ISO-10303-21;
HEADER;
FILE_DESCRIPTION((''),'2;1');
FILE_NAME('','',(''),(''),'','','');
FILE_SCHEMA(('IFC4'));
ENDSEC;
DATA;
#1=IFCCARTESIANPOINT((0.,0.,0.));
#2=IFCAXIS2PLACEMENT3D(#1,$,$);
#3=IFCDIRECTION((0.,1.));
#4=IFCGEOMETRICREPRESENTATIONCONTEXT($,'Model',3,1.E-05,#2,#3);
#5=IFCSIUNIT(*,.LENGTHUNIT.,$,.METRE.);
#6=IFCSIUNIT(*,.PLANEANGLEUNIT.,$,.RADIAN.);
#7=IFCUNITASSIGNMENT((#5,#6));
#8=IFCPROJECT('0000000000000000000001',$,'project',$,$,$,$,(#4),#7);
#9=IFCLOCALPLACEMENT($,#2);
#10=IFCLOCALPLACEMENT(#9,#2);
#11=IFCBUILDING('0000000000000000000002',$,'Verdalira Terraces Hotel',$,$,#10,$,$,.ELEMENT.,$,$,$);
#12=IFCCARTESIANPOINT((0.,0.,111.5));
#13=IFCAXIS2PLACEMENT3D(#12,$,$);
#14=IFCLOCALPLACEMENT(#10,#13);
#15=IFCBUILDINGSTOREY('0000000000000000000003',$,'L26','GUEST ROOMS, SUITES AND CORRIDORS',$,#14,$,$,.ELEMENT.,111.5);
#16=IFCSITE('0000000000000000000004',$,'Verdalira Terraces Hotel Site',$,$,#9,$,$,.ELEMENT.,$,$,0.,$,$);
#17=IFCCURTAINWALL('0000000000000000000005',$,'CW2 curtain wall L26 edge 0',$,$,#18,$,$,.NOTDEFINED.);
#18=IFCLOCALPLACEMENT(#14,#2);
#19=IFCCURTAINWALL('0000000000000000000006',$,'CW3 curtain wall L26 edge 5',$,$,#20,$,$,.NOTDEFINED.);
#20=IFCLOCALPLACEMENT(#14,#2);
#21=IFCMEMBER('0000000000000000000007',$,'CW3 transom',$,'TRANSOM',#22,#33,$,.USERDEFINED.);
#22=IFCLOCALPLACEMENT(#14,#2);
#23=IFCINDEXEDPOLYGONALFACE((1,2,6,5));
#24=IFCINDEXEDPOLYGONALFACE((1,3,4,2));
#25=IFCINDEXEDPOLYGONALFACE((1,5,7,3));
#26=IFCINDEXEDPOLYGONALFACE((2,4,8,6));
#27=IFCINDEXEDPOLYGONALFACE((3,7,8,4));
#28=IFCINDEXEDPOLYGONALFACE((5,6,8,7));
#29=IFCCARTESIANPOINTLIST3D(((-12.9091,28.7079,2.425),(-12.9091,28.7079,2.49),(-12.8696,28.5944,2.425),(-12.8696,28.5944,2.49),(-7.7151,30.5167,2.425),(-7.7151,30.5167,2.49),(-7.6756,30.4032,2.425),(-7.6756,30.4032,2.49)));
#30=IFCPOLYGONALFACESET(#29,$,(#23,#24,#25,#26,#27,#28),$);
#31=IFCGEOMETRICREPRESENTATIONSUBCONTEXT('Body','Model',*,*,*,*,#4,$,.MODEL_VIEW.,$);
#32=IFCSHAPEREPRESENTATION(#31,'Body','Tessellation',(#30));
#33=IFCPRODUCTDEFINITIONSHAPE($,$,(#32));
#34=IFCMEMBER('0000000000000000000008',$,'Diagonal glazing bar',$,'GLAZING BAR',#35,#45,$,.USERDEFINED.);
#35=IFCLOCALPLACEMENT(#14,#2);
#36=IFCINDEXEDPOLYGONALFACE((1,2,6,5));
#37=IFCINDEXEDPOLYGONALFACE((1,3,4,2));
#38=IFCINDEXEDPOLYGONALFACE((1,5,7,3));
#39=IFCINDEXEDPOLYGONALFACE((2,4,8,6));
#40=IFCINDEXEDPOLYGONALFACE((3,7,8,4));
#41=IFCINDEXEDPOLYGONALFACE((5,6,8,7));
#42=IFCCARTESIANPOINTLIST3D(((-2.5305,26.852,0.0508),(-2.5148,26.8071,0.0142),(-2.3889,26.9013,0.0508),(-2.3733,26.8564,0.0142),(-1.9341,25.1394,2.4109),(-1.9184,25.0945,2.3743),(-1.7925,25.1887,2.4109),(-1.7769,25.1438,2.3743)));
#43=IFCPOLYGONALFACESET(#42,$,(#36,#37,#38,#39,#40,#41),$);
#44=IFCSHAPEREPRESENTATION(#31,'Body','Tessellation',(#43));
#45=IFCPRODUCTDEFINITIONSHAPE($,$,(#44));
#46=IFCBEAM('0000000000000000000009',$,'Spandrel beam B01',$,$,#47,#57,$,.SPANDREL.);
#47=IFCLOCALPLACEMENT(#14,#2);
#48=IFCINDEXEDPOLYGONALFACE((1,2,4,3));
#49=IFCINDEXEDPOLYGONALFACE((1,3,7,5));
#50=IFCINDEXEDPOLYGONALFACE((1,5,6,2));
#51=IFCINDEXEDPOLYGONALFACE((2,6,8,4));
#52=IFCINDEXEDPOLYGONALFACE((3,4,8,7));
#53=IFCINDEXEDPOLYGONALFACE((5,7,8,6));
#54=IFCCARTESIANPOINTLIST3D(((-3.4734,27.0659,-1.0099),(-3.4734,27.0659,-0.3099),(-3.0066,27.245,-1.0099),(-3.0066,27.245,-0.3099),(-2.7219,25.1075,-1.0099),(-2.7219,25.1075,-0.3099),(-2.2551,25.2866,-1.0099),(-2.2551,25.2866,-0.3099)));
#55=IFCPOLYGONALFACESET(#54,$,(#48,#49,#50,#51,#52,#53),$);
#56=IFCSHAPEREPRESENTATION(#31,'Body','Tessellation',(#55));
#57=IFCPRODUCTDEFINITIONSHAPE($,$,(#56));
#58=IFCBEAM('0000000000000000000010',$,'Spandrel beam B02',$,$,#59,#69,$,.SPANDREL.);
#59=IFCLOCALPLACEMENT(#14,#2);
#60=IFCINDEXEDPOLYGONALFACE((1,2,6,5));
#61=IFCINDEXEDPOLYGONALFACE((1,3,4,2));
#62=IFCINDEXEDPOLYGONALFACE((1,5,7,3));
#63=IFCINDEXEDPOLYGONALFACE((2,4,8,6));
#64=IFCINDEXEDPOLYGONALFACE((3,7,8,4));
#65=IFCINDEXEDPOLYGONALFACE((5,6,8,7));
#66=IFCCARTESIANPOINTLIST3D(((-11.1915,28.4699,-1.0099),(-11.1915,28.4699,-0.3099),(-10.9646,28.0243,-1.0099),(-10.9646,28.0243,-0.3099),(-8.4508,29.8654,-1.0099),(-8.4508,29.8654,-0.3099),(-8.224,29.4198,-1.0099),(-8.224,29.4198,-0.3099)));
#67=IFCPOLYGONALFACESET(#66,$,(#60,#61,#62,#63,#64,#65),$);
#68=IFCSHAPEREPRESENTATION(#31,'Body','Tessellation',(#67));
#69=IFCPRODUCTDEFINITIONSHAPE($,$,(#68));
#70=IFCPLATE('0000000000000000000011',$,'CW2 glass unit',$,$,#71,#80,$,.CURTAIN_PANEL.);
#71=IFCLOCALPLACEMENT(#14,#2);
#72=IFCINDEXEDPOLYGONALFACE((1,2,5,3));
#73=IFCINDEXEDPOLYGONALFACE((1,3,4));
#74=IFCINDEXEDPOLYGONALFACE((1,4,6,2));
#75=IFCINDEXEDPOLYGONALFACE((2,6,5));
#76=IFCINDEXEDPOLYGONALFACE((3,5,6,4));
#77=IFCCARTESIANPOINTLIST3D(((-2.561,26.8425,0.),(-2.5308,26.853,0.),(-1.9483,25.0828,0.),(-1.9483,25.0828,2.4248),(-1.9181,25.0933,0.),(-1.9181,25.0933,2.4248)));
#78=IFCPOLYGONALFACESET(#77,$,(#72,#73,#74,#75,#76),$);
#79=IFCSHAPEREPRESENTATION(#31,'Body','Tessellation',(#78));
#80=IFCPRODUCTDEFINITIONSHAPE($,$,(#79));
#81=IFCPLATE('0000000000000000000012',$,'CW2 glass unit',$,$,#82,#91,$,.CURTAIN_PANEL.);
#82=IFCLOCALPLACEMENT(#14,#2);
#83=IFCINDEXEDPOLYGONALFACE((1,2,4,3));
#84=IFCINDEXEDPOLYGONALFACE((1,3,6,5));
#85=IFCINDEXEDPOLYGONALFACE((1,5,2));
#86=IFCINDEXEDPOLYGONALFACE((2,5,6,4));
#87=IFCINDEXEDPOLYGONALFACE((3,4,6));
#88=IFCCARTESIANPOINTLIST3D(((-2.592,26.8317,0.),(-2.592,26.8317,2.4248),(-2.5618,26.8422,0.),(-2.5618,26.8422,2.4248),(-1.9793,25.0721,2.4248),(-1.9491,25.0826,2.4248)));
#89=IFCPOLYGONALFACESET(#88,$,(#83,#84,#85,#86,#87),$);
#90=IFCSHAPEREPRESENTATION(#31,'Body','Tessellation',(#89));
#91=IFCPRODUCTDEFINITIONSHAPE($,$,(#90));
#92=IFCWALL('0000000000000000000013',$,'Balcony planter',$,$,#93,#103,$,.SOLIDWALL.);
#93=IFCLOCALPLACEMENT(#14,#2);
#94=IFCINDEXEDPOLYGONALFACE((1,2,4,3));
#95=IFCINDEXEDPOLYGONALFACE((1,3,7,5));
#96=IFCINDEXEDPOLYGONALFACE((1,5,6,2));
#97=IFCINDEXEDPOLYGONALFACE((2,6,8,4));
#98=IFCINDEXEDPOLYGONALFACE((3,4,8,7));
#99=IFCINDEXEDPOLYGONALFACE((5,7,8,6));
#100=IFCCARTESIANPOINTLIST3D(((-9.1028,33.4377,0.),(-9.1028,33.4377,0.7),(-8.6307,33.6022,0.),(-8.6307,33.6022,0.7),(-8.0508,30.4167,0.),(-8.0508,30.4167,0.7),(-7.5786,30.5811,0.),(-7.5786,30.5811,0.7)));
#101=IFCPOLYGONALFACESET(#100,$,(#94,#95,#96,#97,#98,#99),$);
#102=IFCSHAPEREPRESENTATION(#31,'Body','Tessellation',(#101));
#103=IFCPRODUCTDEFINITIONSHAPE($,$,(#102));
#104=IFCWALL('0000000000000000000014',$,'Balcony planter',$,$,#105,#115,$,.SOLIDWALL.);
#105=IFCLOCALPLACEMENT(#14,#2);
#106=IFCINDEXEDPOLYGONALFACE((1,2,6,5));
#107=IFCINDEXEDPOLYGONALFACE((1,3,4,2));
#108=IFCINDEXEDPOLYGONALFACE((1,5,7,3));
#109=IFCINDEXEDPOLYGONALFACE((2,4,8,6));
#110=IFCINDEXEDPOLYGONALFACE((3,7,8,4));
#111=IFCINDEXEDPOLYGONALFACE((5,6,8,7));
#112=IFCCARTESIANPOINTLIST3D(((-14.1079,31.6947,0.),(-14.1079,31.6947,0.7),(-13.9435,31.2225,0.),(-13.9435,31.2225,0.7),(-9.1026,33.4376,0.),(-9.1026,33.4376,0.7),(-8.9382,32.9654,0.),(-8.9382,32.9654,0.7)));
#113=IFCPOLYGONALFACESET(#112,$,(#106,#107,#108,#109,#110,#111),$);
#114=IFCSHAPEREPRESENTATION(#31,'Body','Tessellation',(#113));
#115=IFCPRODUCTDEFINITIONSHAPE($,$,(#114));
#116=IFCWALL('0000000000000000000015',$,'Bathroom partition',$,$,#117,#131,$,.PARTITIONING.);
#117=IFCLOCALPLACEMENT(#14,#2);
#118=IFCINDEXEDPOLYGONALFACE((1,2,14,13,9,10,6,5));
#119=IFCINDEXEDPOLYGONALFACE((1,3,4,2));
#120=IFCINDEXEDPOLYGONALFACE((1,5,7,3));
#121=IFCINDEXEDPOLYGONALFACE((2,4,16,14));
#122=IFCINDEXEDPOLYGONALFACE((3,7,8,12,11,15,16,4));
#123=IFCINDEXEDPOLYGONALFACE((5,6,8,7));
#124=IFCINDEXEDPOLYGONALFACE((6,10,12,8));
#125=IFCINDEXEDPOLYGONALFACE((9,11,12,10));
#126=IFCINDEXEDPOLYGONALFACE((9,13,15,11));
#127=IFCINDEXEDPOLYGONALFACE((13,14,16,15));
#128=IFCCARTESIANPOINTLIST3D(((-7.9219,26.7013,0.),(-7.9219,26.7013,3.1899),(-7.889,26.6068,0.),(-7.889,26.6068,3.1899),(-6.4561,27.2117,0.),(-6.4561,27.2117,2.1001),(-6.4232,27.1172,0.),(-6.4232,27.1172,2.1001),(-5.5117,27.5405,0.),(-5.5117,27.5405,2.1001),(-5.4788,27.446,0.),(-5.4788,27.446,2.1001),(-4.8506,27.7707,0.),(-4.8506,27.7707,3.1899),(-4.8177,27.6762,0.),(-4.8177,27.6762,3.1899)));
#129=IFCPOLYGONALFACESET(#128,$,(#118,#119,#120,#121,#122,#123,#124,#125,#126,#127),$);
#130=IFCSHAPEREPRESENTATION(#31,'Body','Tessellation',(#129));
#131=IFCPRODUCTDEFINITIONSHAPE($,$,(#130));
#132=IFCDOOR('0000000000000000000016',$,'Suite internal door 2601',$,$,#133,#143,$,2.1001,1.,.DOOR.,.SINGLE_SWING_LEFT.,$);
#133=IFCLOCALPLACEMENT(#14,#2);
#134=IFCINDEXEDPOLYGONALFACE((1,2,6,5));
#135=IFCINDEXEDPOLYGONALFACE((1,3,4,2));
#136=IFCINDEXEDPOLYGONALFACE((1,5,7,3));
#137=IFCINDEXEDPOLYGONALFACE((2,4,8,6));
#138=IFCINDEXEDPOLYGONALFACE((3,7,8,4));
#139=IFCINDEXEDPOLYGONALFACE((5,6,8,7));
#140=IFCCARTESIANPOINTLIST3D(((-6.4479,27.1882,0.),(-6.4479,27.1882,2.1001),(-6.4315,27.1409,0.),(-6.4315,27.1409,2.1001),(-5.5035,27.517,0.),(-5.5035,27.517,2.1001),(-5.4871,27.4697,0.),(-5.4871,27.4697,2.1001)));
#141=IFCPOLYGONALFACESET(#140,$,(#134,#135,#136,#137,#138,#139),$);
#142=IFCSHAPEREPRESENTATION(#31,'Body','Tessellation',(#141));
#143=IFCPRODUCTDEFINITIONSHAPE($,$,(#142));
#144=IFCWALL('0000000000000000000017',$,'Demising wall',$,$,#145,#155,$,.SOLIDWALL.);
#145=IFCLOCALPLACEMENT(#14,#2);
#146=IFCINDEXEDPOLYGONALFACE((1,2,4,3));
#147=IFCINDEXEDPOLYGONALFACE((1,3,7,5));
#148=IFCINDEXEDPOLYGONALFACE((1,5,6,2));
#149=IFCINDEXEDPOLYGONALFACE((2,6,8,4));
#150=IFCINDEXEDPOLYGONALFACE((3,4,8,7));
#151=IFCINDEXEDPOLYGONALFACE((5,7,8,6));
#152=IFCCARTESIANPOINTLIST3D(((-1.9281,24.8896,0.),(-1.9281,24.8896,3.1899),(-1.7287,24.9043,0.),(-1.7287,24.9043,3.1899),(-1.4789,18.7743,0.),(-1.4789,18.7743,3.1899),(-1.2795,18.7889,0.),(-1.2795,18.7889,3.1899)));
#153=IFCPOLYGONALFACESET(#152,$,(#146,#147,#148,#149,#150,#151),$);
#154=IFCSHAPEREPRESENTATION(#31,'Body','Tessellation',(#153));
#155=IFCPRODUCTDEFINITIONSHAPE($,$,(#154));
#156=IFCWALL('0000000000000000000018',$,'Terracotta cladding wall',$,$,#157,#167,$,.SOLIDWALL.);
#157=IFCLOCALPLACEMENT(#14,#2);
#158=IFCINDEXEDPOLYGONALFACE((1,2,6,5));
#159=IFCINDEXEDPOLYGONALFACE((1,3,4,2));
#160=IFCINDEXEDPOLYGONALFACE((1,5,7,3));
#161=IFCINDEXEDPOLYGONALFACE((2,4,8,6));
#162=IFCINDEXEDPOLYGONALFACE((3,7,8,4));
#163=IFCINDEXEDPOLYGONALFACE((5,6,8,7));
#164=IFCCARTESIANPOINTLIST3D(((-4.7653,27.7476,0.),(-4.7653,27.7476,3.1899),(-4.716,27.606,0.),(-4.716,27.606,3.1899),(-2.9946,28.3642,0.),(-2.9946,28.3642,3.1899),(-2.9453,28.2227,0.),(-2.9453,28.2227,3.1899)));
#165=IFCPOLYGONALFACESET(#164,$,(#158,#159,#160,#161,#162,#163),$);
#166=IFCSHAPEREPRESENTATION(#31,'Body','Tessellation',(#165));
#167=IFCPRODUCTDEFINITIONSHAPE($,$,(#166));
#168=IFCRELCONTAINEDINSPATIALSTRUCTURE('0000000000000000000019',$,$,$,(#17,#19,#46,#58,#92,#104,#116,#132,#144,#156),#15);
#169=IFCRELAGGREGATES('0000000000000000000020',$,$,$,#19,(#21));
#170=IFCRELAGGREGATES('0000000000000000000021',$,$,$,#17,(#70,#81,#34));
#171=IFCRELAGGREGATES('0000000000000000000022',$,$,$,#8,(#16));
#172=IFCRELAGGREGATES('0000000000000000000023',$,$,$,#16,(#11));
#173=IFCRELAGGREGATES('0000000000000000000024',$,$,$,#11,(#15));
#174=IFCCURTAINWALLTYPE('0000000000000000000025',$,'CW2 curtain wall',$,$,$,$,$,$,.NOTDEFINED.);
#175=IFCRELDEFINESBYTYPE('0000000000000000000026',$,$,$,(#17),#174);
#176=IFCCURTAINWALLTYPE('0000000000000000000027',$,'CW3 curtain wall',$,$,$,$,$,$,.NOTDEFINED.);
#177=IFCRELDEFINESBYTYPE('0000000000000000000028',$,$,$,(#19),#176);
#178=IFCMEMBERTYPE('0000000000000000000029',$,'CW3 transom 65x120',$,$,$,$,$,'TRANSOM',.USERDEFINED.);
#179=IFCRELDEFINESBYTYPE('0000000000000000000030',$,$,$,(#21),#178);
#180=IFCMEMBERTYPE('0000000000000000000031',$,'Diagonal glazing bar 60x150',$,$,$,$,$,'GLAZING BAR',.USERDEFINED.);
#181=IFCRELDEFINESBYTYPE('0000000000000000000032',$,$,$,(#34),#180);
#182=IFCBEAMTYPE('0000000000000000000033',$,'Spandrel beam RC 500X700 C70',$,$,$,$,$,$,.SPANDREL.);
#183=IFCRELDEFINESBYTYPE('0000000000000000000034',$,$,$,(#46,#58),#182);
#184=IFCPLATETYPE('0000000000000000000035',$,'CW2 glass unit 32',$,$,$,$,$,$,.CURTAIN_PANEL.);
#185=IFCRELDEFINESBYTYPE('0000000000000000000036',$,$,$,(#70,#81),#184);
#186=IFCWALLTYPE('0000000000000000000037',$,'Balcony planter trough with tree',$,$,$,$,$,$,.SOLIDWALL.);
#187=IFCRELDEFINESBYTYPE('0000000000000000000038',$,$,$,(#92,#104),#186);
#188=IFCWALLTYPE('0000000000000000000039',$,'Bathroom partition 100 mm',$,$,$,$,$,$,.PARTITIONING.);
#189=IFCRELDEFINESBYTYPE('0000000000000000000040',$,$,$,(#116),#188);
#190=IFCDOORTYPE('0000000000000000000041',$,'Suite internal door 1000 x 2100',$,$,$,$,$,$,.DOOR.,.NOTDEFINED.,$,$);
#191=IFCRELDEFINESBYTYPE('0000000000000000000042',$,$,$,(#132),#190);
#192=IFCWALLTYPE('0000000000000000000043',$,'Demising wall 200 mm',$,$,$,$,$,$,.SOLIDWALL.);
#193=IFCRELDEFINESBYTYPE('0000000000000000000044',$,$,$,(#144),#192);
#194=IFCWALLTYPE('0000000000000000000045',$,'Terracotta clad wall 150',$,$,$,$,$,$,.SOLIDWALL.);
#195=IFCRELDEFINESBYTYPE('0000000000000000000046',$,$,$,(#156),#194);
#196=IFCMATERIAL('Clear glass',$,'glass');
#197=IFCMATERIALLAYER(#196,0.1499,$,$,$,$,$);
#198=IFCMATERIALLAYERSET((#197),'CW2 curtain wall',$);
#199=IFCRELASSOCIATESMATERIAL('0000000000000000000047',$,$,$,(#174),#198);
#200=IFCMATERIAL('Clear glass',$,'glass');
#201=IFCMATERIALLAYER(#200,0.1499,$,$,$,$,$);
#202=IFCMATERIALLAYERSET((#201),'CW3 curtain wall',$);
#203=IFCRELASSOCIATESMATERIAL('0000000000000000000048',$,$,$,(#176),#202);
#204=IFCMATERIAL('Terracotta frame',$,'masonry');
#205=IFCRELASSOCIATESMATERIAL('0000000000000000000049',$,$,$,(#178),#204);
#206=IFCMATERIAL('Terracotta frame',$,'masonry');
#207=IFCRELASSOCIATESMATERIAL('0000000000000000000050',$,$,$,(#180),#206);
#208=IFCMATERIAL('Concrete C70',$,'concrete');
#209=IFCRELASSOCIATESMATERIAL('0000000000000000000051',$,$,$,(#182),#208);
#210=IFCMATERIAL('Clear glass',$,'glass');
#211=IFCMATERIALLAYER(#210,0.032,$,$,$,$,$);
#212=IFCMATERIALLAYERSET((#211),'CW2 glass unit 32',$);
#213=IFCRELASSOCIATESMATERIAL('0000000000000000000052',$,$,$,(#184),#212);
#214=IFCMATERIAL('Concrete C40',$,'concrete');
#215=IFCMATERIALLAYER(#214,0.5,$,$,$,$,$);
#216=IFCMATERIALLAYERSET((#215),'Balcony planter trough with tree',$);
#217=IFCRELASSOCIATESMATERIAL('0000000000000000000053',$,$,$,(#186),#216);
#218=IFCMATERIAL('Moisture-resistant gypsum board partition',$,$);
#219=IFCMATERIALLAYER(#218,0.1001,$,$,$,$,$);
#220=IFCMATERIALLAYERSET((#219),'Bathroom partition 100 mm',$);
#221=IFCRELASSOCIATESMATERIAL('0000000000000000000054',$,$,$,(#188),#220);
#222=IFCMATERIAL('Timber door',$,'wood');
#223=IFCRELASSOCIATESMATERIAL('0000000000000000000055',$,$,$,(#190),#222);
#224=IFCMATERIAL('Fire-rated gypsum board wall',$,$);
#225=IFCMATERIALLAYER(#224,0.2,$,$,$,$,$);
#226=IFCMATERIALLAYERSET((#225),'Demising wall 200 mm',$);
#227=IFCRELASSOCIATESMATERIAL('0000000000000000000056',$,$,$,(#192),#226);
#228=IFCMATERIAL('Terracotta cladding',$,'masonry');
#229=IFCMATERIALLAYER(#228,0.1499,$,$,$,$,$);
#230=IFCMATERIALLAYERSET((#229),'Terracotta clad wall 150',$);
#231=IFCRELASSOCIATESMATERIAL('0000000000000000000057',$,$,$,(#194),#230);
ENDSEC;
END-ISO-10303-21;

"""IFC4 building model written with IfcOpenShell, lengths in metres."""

from ifc_helpers import new_model, si_unit, direction, frame, frame_2d, origin, origin_2d, place, context, subcontext, project, spatial, polyline, rectangle, outline, extrude, material, layer, layer_set, material_profile, profile_set, type_object, element, fill, aggregate, save


model = new_model("IFC4")

# Units and contexts
model_context = context("Model", 3, precision=1e-05, world=origin(), true_north=direction((0.0, 1.0)))
body_context = subcontext(model_context, "Body", "Model", "MODEL_VIEW")
ifc_project = project(units=[si_unit("LENGTHUNIT", "METRE"), si_unit("PLANEANGLEUNIT", "RADIAN")], contexts=[model_context])

# Site, building, storey
site_placement = place(None, origin())
site = spatial("IfcSite", under=ifc_project, at=site_placement, Name="Verdalira Terraces Hotel Site", CompositionType="ELEMENT", RefElevation=0.0)
building_placement = place(site_placement, origin())
building = spatial("IfcBuilding", under=site, at=building_placement, Name="Verdalira Terraces Hotel", CompositionType="ELEMENT")
storey_placement = place(building_placement, frame((0.0, 0.0, 111.5)))
storey = spatial("IfcBuildingStorey", under=building, at=storey_placement, Name="L26", Description="GUEST ROOMS, SUITES AND CORRIDORS", CompositionType="ELEMENT", Elevation=111.5)

# Curtain walls, member
ifc_material_1 = material(Name="Clear glass", Category="glass")
ifc_layer_1 = layer(ifc_material_1, 0.1499)
ifc_layer_set_1 = layer_set([ifc_layer_1], Name="CW2 curtain wall")
curtain_wall_type_1 = type_object("IfcCurtainWallType", Name="CW2 curtain wall", PredefinedType="NOTDEFINED", material=ifc_layer_set_1)
curtain_wall_1_placement = place(storey_placement, origin())
curtain_wall_1 = element("IfcCurtainWall", 1, at=curtain_wall_1_placement, inside=storey, type_object=curtain_wall_type_1, Name="CW2 curtain wall L26 edge 0", PredefinedType="NOTDEFINED")
ifc_material_2 = material(Name="Clear glass", Category="glass")
ifc_layer_2 = layer(ifc_material_2, 0.1499)
ifc_layer_set_2 = layer_set([ifc_layer_2], Name="CW3 curtain wall")
curtain_wall_type_2 = type_object("IfcCurtainWallType", Name="CW3 curtain wall", PredefinedType="NOTDEFINED", material=ifc_layer_set_2)
curtain_wall_2_placement = place(storey_placement, origin())
curtain_wall_2 = element("IfcCurtainWall", 2, at=curtain_wall_2_placement, inside=storey, type_object=curtain_wall_type_2, Name="CW3 curtain wall L26 edge 5", PredefinedType="NOTDEFINED")
ifc_material_3 = material(Name="Terracotta frame", Category="masonry")
ifc_material_profile_1 = material_profile(ifc_material_3, rectangle(XDim=0.1201, YDim=0.0649, at=origin_2d()), Name="TR 65x120")
ifc_profile_set_1 = profile_set([ifc_material_profile_1], Name="Terracotta frame")
member_type_1 = type_object("IfcMemberType", Name="CW3 transom 65x120", ElementType="TRANSOM", PredefinedType="USERDEFINED", material=ifc_profile_set_1)
member_1_placement = place(storey_placement, frame((-7.6953, 30.46, 2.4575), z_axis=(-0.944373, -0.328877, 0.0), x_axis=(0.328877, -0.944373, 0.0)))
member_1 = element("IfcMember", 3, at=member_1_placement, type_object=member_type_1, Name="CW3 transom", ObjectType="TRANSOM", PredefinedType="USERDEFINED", context=body_context, shape_type="SweptSolid", body=[
    extrude(rectangle(XDim=0.1201, YDim=0.0649, at=origin_2d()), origin(), (0.0, 0.0, 1.0), 5.5),
])
aggregate(curtain_wall_2, [member_1])

# Member
ifc_material_4 = material(Name="Terracotta frame", Category="masonry")
ifc_material_profile_2 = material_profile(ifc_material_4, rectangle(XDim=0.1499, YDim=0.0601, at=origin_2d()), Name="GB 60x150")
ifc_profile_set_2 = profile_set([ifc_material_profile_2], Name="Terracotta frame")
member_type_2 = type_object("IfcMemberType", Name="Diagonal glazing bar 60x150", ElementType="GLAZING BAR", PredefinedType="USERDEFINED", material=ifc_profile_set_2)
member_2_placement = place(storey_placement, frame((-1.8555, 25.1416, 2.3926), z_axis=(-0.200388, 0.575407, -0.792938), x_axis=(-0.944371, -0.328881, 0.0)))
member_2 = element("IfcMember", 4, at=member_2_placement, type_object=member_type_2, Name="Diagonal glazing bar", ObjectType="GLAZING BAR", PredefinedType="USERDEFINED", context=body_context, shape_type="SweptSolid", body=[
    extrude(rectangle(XDim=0.1499, YDim=0.0601, at=origin_2d()), origin(), (0.0, 0.0, 1.0), 2.9763),
])

# Beams
ifc_material_5 = material(Name="Concrete C70", Category="concrete")
ifc_material_profile_3 = material_profile(ifc_material_5, rectangle(XDim=0.5, YDim=0.7, at=origin_2d()), Name="RC 500X700")
ifc_profile_set_3 = profile_set([ifc_material_profile_3], Name="Concrete C70")
beam_type_1 = type_object("IfcBeamType", Name="Spandrel beam RC 500X700 C70", PredefinedType="SPANDREL", material=ifc_profile_set_3)
beam_1_placement = place(storey_placement, frame((-2.4885, 25.197, -0.6599), z_axis=(-0.35823, 0.933633, 0.0), x_axis=(-0.933633, -0.35823, 0.0)))
element("IfcBeam", 5, at=beam_1_placement, inside=storey, type_object=beam_type_1, Name="Spandrel beam B01", PredefinedType="SPANDREL", context=body_context, shape_type="SweptSolid", body=[
    extrude(rectangle(XDim=0.5, YDim=0.7, at=origin_2d()), origin(), (0.0, 0.0, 1.0), 2.0977),
])
beam_2_placement = place(storey_placement, frame((-8.3374, 29.6426, -0.6599), z_axis=(-0.891133, -0.453743, 0.0), x_axis=(0.453743, -0.891133, 0.0)))
element("IfcBeam", 6, at=beam_2_placement, inside=storey, type_object=beam_type_1, Name="Spandrel beam B02", PredefinedType="SPANDREL", context=body_context, shape_type="SweptSolid", body=[
    extrude(rectangle(XDim=0.5, YDim=0.7, at=origin_2d()), origin(), (0.0, 0.0, 1.0), 3.0754),
])

# Plates
ifc_material_6 = material(Name="Clear glass", Category="glass")
ifc_layer_3 = layer(ifc_material_6, 0.032)
ifc_layer_set_3 = layer_set([ifc_layer_3], Name="CW2 glass unit 32")
plate_type = type_object("IfcPlateType", Name="CW2 glass unit 32", PredefinedType="CURTAIN_PANEL", material=ifc_layer_set_3)
plate_1_placement = place(storey_placement, frame((-2.2546, 25.9626, 1.2124), z_axis=(0.944376, 0.328867, 0.0), x_axis=(-0.328867, 0.944376, 0.0)))
plate_1 = element("IfcPlate", 7, at=plate_1_placement, type_object=plate_type, Name="CW2 glass unit", PredefinedType="CURTAIN_PANEL", context=body_context, shape_type="SweptSolid", body=[
    extrude(outline(polyline([(-0.9316, -1.2124), (0.9316, -1.2124), (-0.9316, 1.2124), (-0.9316, -1.2124)])), origin(), (0.0, 0.0, 1.0), 0.032),
])
plate_2_placement = place(storey_placement, frame((-2.2856, 25.9519, 1.2124), z_axis=(0.944376, 0.328867, 0.0), x_axis=(-0.328867, 0.944376, 0.0)))
plate_2 = element("IfcPlate", 8, at=plate_2_placement, type_object=plate_type, Name="CW2 glass unit", PredefinedType="CURTAIN_PANEL", context=body_context, shape_type="SweptSolid", body=[
    extrude(outline(polyline([(0.9316, -1.2124), (0.9316, 1.2124), (-0.9316, 1.2124), (0.9316, -1.2124)])), origin(), (0.0, 0.0, 1.0), 0.032),
])
aggregate(curtain_wall_1, [plate_1, plate_2, member_2])

# Walls
ifc_material_7 = material(Name="Concrete C40", Category="concrete")
ifc_layer_4 = layer(ifc_material_7, 0.5)
ifc_layer_set_4 = layer_set([ifc_layer_4], Name="Balcony planter trough with tree")
wall_type_1 = type_object("IfcWallType", Name="Balcony planter trough with tree", PredefinedType="SOLIDWALL", material=ifc_layer_set_4)
wall_1_placement = place(storey_placement, frame((-7.8147, 30.4988, 0.0), z_axis=(0.0, 0.0, 1.0), x_axis=(-0.328861, 0.944378, 0.0)))
element("IfcWall", 9, at=wall_1_placement, inside=storey, type_object=wall_type_1, Name="Balcony planter", PredefinedType="SOLIDWALL", context=body_context, shape_type="SweptSolid", body=[
    extrude(rectangle(XDim=3.199, YDim=0.5, at=frame_2d((1.5996, 0.0))), origin(), (0.0, 0.0, 1.0), 0.7),
])
wall_2_placement = place(storey_placement, frame((-9.0205, 33.2014, 0.0), z_axis=(0.0, 0.0, 1.0), x_axis=(-0.944384, -0.328844, 0.0)))
element("IfcWall", 10, at=wall_2_placement, inside=storey, type_object=wall_type_1, Name="Balcony planter", PredefinedType="SOLIDWALL", context=body_context, shape_type="SweptSolid", body=[
    extrude(rectangle(XDim=5.3, YDim=0.5, at=frame_2d((2.6499, 0.0))), origin(), (0.0, 0.0, 1.0), 0.7),
])

# Wall, opening, door
ifc_material_8 = material(Name="Moisture-resistant gypsum board partition")
ifc_layer_5 = layer(ifc_material_8, 0.1001)
ifc_layer_set_5 = layer_set([ifc_layer_5], Name="Bathroom partition 100 mm")
wall_type_2 = type_object("IfcWallType", Name="Bathroom partition 100 mm", PredefinedType="PARTITIONING", material=ifc_layer_set_5)
wall_3_placement = place(storey_placement, frame((-4.8342, 27.7234, 0.0), z_axis=(0.0, 0.0, 1.0), x_axis=(-0.944395, -0.328812, 0.0)))
wall_3 = element("IfcWall", 11, at=wall_3_placement, inside=storey, type_object=wall_type_2, Name="Bathroom partition", PredefinedType="PARTITIONING", context=body_context, shape_type="SweptSolid", body=[
    extrude(rectangle(XDim=3.2522, YDim=0.1001, at=frame_2d((1.626, 0.0))), origin(), (0.0, 0.0, 1.0), 3.1899),
])
opening_placement = place(wall_3_placement, frame((0.7, 0.0, 0.0)))
opening = element("IfcOpeningElement", 12, at=opening_placement, cuts=wall_3, PredefinedType="OPENING", context=body_context, shape_type="SweptSolid", body=[
    extrude(rectangle(XDim=1.0, YDim=2.1001, at=frame_2d((0.5, 1.05))), frame((0.0, 0.0601, 0.0), z_axis=(0.0, -1.0, 0.0), x_axis=(1.0, 0.0, 0.0)), (0.0, 0.0, 1.0), 0.1201),
])
ifc_material_9 = material(Name="Timber door", Category="wood")
door_type = type_object("IfcDoorType", Name="Suite internal door 1000 x 2100", OperationType="NOTDEFINED", PredefinedType="DOOR", material=ifc_material_9)
door_placement = place(opening_placement, origin())
door = element("IfcDoor", 13, at=door_placement, inside=storey, type_object=door_type, Name="Suite internal door 2601", OperationType="SINGLE_SWING_LEFT", OverallHeight=2.1001, OverallWidth=1.0, PredefinedType="DOOR", context=body_context, shape_type="SweptSolid", body=[
    extrude(rectangle(XDim=1.0, YDim=2.1001, at=frame_2d((0.5, 1.05))), frame((0.0, 0.0249, 0.0), z_axis=(0.0, -1.0, 0.0), x_axis=(1.0, 0.0, 0.0)), (0.0, 0.0, 1.0), 0.05),
])
fill(opening, door)

# Walls
ifc_material_10 = material(Name="Fire-rated gypsum board wall")
ifc_layer_6 = layer(ifc_material_10, 0.2)
ifc_layer_set_6 = layer_set([ifc_layer_6], Name="Demising wall 200 mm")
wall_type_3 = type_object("IfcWallType", Name="Demising wall 200 mm", PredefinedType="SOLIDWALL", material=ifc_layer_set_6)
wall_4_placement = place(storey_placement, frame((-1.8284, 24.897, 0.0), z_axis=(0.0, 0.0, 1.0), x_axis=(0.073259, -0.997313, 0.0)))
element("IfcWall", 14, at=wall_4_placement, inside=storey, type_object=wall_type_3, Name="Demising wall", PredefinedType="SOLIDWALL", context=body_context, shape_type="SweptSolid", body=[
    extrude(rectangle(XDim=6.1318, YDim=0.2, at=frame_2d((3.0659, 0.0))), origin(), (0.0, 0.0, 1.0), 3.1899),
])
ifc_material_11 = material(Name="Terracotta cladding", Category="masonry")
ifc_layer_7 = layer(ifc_material_11, 0.1499)
ifc_layer_set_7 = layer_set([ifc_layer_7], Name="Terracotta clad wall 150")
wall_type_4 = type_object("IfcWallType", Name="Terracotta clad wall 150", PredefinedType="SOLIDWALL", material=ifc_layer_set_7)
wall_5_placement = place(storey_placement, frame((-2.97, 28.2935, 0.0), z_axis=(0.0, 0.0, 1.0), x_axis=(-0.944367, -0.328894, 0.0)))
element("IfcWall", 15, at=wall_5_placement, inside=storey, type_object=wall_type_4, Name="Terracotta cladding wall", PredefinedType="SOLIDWALL", context=body_context, shape_type="SweptSolid", body=[
    extrude(rectangle(XDim=1.875, YDim=0.1499, at=frame_2d((0.9375, 0.0))), origin(), (0.0, 0.0, 1.0), 3.1899),
])

save(model, "model.ifc")
